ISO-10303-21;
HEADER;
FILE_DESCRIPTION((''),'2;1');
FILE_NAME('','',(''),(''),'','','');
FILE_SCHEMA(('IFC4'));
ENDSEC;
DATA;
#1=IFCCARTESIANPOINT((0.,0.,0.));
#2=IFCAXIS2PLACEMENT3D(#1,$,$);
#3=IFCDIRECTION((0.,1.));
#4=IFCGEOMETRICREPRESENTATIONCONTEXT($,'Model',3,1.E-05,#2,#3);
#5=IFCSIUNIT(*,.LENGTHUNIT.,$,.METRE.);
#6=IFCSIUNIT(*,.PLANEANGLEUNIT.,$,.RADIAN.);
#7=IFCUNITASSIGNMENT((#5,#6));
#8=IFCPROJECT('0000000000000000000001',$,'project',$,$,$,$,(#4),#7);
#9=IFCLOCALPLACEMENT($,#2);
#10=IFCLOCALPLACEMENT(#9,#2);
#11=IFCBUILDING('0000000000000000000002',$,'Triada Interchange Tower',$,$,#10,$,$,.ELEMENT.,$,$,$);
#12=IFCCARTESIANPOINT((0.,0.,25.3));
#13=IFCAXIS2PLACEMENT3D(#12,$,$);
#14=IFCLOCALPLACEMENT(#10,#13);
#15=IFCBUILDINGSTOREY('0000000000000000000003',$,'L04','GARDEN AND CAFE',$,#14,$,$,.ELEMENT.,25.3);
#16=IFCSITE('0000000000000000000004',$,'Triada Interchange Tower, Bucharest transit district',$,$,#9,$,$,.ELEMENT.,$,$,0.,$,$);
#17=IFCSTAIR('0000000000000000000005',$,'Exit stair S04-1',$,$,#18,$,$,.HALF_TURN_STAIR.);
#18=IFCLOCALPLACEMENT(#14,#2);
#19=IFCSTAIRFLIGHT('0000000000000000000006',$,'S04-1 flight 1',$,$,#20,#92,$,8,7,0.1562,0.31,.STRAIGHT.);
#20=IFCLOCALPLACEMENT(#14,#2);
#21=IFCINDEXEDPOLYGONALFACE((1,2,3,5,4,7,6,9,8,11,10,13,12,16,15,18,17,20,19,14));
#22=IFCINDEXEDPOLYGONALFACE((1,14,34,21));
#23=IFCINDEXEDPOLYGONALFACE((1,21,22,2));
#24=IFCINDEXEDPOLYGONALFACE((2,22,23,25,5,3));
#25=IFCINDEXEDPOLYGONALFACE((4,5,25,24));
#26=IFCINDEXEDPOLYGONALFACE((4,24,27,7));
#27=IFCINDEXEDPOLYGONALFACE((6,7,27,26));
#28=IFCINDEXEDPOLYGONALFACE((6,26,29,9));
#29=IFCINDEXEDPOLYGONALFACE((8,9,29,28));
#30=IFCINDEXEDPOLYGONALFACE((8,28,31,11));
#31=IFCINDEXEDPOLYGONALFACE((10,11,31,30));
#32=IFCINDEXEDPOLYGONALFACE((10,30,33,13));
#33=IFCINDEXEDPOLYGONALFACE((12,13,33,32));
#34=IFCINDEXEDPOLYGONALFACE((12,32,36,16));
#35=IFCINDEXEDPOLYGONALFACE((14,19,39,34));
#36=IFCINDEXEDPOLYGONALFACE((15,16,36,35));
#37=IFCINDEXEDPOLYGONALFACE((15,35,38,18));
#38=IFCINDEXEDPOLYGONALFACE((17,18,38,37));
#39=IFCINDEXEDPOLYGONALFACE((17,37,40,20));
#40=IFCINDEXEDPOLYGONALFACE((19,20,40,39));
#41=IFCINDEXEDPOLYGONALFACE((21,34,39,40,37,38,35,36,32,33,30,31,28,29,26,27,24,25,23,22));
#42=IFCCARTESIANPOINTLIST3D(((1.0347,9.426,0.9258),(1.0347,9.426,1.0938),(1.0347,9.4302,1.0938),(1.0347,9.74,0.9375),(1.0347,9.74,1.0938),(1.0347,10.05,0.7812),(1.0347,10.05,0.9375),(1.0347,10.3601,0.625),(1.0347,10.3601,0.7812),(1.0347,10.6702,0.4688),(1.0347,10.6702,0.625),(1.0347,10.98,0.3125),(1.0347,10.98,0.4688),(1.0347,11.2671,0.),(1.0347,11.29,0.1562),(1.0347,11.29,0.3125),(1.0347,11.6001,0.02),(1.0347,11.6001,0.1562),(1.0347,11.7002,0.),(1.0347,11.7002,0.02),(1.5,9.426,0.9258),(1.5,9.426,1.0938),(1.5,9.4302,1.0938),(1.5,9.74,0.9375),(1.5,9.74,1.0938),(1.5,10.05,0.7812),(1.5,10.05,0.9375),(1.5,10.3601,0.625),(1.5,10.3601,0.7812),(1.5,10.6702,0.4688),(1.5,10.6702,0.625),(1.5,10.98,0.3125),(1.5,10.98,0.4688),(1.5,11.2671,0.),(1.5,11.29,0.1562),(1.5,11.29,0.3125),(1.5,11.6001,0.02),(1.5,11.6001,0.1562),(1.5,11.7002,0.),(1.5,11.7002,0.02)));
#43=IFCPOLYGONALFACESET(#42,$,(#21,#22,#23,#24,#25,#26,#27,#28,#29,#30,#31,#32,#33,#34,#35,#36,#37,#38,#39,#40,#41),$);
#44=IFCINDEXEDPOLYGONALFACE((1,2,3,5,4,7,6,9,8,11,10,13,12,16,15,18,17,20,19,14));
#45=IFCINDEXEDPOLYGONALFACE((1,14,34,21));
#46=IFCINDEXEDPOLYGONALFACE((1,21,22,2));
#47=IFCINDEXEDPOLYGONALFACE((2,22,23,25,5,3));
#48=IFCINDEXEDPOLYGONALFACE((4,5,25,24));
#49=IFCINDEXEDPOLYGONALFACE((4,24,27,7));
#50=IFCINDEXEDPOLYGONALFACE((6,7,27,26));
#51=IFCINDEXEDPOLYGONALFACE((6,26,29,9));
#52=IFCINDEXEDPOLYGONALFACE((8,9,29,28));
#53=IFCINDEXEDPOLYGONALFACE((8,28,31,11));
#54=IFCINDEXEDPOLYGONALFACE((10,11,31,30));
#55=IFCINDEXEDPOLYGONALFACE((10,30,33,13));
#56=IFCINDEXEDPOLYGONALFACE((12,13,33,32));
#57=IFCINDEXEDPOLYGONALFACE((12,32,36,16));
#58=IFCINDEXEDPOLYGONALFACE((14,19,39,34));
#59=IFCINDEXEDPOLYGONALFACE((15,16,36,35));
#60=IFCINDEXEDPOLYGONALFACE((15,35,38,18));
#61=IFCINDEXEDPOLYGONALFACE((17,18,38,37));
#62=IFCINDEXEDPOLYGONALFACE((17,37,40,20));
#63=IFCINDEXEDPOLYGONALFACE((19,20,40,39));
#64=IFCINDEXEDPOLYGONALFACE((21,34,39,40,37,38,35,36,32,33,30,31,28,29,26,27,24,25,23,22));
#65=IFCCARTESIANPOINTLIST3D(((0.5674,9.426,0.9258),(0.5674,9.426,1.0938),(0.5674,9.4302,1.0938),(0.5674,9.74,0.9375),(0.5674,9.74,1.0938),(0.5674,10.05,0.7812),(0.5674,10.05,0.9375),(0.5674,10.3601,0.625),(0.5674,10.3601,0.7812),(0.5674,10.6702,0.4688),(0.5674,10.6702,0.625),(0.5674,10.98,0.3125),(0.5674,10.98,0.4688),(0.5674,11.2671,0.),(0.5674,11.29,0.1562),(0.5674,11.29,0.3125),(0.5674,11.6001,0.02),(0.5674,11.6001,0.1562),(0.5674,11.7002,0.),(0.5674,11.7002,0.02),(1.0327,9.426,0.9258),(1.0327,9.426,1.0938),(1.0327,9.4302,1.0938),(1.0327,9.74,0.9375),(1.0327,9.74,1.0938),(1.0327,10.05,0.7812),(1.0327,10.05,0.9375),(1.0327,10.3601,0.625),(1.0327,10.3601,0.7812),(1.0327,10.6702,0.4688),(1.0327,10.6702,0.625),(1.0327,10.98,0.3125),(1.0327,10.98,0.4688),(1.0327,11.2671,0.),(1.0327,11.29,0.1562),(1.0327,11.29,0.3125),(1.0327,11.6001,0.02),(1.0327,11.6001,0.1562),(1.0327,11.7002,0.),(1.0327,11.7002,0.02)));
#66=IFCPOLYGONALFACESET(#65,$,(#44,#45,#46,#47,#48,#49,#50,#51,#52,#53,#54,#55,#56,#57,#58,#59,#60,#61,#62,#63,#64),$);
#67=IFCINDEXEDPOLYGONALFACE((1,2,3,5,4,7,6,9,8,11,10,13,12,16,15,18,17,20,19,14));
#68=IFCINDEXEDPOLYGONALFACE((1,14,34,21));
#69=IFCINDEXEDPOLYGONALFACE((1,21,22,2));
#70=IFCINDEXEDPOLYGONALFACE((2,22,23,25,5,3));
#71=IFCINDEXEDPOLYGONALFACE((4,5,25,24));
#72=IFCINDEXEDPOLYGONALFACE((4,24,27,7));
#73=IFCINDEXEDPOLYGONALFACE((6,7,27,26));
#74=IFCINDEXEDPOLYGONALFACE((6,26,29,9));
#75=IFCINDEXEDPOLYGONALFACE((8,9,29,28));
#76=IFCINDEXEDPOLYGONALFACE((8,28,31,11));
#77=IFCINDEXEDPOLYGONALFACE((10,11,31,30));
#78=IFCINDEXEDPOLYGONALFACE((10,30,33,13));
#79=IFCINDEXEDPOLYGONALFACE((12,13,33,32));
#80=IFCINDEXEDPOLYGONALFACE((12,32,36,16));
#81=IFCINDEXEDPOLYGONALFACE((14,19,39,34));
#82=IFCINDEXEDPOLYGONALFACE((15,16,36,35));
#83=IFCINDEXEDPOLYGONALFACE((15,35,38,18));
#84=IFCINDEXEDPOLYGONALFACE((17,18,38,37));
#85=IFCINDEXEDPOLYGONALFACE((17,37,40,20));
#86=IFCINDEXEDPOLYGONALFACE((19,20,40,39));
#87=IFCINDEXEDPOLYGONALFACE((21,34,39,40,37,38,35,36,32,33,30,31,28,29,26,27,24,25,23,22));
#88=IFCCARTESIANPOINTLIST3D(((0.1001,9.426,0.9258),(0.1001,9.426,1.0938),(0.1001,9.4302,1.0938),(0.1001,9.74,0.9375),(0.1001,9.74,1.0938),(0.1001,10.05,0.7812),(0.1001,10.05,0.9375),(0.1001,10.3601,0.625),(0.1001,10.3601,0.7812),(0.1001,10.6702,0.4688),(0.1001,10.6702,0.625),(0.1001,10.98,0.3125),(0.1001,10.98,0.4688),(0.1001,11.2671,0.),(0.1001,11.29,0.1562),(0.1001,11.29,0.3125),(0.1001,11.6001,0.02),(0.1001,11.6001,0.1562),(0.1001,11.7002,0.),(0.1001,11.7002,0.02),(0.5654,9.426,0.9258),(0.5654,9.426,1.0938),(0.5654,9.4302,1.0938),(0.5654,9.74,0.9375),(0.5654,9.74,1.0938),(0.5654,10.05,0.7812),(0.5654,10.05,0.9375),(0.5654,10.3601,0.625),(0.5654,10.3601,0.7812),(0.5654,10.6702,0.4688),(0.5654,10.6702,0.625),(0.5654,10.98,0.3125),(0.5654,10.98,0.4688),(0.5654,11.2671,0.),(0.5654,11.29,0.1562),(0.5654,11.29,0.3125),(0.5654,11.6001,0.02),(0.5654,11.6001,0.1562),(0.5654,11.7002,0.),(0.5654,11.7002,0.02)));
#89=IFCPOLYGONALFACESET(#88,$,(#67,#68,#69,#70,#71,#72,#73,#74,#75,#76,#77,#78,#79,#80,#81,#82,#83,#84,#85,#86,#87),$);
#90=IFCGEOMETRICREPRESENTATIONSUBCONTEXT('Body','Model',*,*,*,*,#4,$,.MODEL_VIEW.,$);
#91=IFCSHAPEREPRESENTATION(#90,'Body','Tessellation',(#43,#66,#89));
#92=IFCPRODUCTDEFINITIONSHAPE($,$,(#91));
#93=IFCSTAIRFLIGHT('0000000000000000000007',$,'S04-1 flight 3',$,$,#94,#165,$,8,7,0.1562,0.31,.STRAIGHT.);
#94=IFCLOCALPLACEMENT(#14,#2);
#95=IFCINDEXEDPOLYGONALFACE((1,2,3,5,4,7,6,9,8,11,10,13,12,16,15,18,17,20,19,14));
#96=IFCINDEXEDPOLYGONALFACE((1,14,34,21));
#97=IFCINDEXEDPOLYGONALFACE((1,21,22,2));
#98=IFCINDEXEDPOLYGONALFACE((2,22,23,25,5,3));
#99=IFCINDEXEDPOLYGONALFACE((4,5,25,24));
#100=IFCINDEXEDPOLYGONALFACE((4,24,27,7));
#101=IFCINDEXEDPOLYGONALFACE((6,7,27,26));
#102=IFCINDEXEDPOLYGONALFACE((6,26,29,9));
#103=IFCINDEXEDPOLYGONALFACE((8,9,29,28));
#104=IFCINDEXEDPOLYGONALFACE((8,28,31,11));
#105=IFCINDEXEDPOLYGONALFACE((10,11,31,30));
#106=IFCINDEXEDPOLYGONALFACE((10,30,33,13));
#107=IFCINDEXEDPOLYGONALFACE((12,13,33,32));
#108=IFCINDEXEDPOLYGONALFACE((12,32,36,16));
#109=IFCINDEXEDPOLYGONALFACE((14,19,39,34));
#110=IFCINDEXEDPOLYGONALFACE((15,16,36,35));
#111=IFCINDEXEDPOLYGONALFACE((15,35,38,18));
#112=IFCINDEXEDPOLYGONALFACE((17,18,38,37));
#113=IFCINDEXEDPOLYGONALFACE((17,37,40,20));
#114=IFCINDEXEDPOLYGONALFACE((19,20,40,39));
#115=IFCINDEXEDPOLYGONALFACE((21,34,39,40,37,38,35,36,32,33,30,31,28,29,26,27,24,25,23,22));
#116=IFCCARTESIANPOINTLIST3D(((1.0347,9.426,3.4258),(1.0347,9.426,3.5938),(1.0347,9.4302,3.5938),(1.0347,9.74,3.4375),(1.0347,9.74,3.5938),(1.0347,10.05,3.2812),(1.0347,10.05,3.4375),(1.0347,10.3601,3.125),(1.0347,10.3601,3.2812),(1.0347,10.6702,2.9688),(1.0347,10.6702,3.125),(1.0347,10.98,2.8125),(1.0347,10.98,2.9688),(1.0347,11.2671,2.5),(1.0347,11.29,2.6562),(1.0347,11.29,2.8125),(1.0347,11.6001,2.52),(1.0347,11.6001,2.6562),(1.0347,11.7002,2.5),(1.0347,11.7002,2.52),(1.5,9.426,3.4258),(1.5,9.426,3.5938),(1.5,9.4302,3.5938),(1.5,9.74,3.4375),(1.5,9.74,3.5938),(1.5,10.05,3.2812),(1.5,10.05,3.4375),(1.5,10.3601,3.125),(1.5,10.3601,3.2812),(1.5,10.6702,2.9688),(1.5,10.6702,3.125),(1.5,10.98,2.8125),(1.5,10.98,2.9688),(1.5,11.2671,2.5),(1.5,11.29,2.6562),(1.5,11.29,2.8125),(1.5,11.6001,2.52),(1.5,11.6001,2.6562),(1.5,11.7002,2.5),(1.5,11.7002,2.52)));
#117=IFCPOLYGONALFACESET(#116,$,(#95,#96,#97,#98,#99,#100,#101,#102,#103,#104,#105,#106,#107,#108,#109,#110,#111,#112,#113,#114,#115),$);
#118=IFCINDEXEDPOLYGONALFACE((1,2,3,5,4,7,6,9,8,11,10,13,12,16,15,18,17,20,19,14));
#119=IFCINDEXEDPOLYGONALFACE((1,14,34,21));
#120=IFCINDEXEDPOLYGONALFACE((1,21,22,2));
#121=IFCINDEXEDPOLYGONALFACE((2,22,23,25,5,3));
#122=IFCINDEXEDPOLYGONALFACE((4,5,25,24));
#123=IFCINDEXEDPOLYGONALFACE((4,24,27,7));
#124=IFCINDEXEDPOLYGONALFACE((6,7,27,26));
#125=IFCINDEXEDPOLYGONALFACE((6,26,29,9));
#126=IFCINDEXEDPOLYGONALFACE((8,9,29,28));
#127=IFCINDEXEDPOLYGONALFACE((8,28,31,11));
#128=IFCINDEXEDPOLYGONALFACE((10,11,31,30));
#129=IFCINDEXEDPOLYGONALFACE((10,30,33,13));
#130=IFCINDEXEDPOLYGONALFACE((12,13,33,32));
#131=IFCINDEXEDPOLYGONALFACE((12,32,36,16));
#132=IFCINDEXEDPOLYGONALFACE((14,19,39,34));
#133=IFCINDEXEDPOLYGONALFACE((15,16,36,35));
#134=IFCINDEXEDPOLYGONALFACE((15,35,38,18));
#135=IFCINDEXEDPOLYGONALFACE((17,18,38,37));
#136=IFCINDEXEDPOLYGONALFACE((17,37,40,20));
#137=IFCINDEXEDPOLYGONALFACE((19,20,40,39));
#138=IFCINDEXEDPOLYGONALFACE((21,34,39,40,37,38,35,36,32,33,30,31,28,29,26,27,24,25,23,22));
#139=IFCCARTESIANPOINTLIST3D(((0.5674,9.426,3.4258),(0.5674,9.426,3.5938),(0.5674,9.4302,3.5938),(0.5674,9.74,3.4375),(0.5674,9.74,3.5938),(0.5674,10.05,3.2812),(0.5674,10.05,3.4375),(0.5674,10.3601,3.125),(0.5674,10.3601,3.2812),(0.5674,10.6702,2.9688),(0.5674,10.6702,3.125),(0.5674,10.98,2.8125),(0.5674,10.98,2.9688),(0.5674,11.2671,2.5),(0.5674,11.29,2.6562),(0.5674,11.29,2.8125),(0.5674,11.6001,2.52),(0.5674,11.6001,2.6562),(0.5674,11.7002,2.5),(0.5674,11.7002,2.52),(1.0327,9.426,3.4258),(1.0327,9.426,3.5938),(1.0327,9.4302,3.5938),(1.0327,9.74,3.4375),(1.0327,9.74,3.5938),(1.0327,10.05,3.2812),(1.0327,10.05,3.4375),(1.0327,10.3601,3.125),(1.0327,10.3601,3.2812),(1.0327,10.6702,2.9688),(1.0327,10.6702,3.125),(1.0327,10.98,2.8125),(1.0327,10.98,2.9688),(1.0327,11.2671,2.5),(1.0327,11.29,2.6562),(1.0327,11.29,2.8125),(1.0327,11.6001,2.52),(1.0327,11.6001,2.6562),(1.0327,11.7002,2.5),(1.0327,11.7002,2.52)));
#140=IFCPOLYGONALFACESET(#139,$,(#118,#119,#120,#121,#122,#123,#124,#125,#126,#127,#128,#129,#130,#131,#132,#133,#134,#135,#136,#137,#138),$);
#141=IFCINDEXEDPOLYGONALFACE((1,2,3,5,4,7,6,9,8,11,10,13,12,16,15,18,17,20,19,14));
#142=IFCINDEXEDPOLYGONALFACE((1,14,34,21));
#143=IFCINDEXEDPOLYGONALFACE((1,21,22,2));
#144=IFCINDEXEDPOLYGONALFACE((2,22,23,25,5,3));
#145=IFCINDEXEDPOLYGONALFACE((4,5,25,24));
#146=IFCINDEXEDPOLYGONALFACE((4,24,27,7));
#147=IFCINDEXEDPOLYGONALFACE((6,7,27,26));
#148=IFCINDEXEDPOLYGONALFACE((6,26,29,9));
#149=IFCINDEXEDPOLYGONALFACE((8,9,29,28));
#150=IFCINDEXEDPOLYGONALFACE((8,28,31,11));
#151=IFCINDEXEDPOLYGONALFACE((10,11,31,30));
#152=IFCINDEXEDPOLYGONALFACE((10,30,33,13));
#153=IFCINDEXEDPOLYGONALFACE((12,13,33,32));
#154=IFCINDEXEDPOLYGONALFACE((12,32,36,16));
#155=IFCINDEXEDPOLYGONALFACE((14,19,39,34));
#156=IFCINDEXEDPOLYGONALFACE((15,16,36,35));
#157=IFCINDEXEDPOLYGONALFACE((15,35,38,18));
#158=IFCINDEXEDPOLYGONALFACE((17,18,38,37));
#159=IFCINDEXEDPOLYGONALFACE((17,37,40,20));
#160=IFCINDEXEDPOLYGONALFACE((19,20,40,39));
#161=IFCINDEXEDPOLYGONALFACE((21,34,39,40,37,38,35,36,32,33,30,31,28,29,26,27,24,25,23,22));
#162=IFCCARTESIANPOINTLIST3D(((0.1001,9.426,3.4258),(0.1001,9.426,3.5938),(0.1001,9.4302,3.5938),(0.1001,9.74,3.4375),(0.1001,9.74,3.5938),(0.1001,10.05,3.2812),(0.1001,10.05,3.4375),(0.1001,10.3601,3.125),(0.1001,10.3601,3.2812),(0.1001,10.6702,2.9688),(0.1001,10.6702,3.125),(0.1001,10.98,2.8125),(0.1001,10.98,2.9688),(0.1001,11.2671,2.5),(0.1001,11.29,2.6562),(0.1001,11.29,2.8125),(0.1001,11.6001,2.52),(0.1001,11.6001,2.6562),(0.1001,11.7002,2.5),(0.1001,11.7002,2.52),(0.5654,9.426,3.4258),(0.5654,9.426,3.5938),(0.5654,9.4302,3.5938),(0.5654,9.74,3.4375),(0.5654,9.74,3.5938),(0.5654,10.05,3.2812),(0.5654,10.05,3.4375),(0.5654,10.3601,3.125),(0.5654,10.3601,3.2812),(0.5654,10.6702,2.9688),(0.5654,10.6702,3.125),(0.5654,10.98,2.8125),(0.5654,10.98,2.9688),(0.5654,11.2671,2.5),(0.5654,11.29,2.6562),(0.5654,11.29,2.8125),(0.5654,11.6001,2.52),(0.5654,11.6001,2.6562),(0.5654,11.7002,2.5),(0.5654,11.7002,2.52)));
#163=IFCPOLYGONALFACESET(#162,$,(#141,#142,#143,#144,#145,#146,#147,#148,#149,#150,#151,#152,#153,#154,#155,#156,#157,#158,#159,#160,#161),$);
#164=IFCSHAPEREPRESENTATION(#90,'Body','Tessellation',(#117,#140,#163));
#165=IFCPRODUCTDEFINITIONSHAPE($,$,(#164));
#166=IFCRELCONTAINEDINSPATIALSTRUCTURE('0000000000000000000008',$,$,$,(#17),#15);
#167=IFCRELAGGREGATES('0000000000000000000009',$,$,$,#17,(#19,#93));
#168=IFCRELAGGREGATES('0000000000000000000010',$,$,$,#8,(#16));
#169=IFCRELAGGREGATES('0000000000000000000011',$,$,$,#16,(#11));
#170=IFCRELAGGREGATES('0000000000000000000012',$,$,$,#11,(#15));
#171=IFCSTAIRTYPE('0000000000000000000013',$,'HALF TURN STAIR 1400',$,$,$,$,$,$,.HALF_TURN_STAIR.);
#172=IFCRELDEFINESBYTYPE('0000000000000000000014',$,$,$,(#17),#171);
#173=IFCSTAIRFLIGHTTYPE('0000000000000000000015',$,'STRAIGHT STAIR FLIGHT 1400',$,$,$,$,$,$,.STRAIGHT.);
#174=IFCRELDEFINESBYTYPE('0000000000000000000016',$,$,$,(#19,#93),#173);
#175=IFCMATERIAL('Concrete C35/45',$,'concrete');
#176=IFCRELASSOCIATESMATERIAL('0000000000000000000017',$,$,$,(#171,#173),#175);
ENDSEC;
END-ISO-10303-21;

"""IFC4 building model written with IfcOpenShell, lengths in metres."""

from ifc_helpers import new_model, si_unit, direction, frame, origin, place, context, subcontext, project, spatial, polyline, outline, extrude, material, type_object, element, aggregate, save


model = new_model("IFC4")

# Units and contexts
model_context = context("Model", 3, precision=1e-05, world=origin(), true_north=direction((0.0, 1.0)))
body_context = subcontext(model_context, "Body", "Model", "MODEL_VIEW")
ifc_project = project(units=[si_unit("LENGTHUNIT", "METRE"), si_unit("PLANEANGLEUNIT", "RADIAN")], contexts=[model_context])

# Site, building, storey
site_placement = place(None, origin())
site = spatial("IfcSite", under=ifc_project, at=site_placement, Name="Triada Interchange Tower, Bucharest transit district", CompositionType="ELEMENT", RefElevation=0.0)
building_placement = place(site_placement, origin())
building = spatial("IfcBuilding", under=site, at=building_placement, Name="Triada Interchange Tower", CompositionType="ELEMENT")
storey_placement = place(building_placement, frame((0.0, 0.0, 25.3)))
storey = spatial("IfcBuildingStorey", under=building, at=storey_placement, Name="L04", Description="GARDEN AND CAFE", CompositionType="ELEMENT", Elevation=25.3)

# Shared definitions
ifc_material_1 = material(Name="Concrete C35/45", Category="concrete")

# Stair, stair flights
stair_type = type_object("IfcStairType", Name="HALF TURN STAIR 1400", PredefinedType="HALF_TURN_STAIR", material=ifc_material_1)
stair_placement = place(storey_placement, origin())
stair = element("IfcStair", 1, at=stair_placement, inside=storey, type_object=stair_type, Name="Exit stair S04-1", PredefinedType="HALF_TURN_STAIR")
stair_flight_type = type_object("IfcStairFlightType", Name="STRAIGHT STAIR FLIGHT 1400", PredefinedType="STRAIGHT", material=ifc_material_1)
stair_flight_1_placement = place(storey_placement, frame((0.8, 11.6001, 0.0), z_axis=(0.0, 0.0, 1.0), x_axis=(0.0, -1.0, 0.0)))
stair_flight_1 = element("IfcStairFlight", 2, at=stair_flight_1_placement, type_object=stair_flight_type, Name="S04-1 flight 1", NumberOfRisers=8, NumberOfTreads=7, PredefinedType="STRAIGHT", RiserHeight=0.1562, TreadLength=0.31, context=body_context, shape_type="SweptSolid", body=[
    extrude(outline(polyline([(-0.1001, 0.0), (-0.1001, 0.02), (0.0, 0.02), (0.0, 0.1562), (0.3101, 0.1562), (0.3101, 0.3125), (0.6201, 0.3125), (0.6201, 0.4688), (0.9299, 0.4688), (0.9299, 0.625), (1.24, 0.625), (1.24, 0.7812), (1.55, 0.7812), (1.55, 0.9375), (1.8601, 0.9375), (1.8601, 1.0938), (2.1699, 1.0938), (2.1741, 1.0938), (2.1741, 1.25), (2.1741, 0.9258), (0.333, 0.0), (-0.1001, 0.0)])), frame((0.0, 0.7, 0.0), z_axis=(0.0, -1.0, 0.0), x_axis=(1.0, 0.0, 0.0)), (0.0, 0.0, 1.0), 0.4653),
    extrude(outline(polyline([(-0.1001, 0.0), (-0.1001, 0.02), (0.0, 0.02), (0.0, 0.1562), (0.3101, 0.1562), (0.3101, 0.3125), (0.6201, 0.3125), (0.6201, 0.4688), (0.9299, 0.4688), (0.9299, 0.625), (1.24, 0.625), (1.24, 0.7812), (1.55, 0.7812), (1.55, 0.9375), (1.8601, 0.9375), (1.8601, 1.0938), (2.1699, 1.0938), (2.1741, 1.0938), (2.1741, 1.25), (2.1741, 0.9258), (0.333, 0.0), (-0.1001, 0.0)])), frame((0.0, 0.2327, 0.0), z_axis=(0.0, -1.0, 0.0), x_axis=(1.0, 0.0, 0.0)), (0.0, 0.0, 1.0), 0.4653),
    extrude(outline(polyline([(-0.1001, 0.0), (-0.1001, 0.02), (0.0, 0.02), (0.0, 0.1562), (0.3101, 0.1562), (0.3101, 0.3125), (0.6201, 0.3125), (0.6201, 0.4688), (0.9299, 0.4688), (0.9299, 0.625), (1.24, 0.625), (1.24, 0.7812), (1.55, 0.7812), (1.55, 0.9375), (1.8601, 0.9375), (1.8601, 1.0938), (2.1699, 1.0938), (2.1741, 1.0938), (2.1741, 1.25), (2.1741, 0.9258), (0.333, 0.0), (-0.1001, 0.0)])), frame((0.0, -0.2346, 0.0), z_axis=(0.0, -1.0, 0.0), x_axis=(1.0, 0.0, 0.0)), (0.0, 0.0, 1.0), 0.4653),
])
stair_flight_2_placement = place(storey_placement, frame((0.8, 11.6001, 2.5), z_axis=(0.0, 0.0, 1.0), x_axis=(0.0, -1.0, 0.0)))
stair_flight_2 = element("IfcStairFlight", 3, at=stair_flight_2_placement, type_object=stair_flight_type, Name="S04-1 flight 3", NumberOfRisers=8, NumberOfTreads=7, PredefinedType="STRAIGHT", RiserHeight=0.1562, TreadLength=0.31, context=body_context, shape_type="SweptSolid", body=[
    extrude(outline(polyline([(-0.1001, 0.0), (-0.1001, 0.02), (0.0, 0.02), (0.0, 0.1562), (0.3101, 0.1562), (0.3101, 0.3125), (0.6201, 0.3125), (0.6201, 0.4688), (0.9299, 0.4688), (0.9299, 0.625), (1.24, 0.625), (1.24, 0.7812), (1.55, 0.7812), (1.55, 0.9375), (1.8601, 0.9375), (1.8601, 1.0938), (2.1699, 1.0938), (2.1741, 1.0938), (2.1741, 1.25), (2.1741, 0.9258), (0.333, 0.0), (-0.1001, 0.0)])), frame((0.0, 0.7, 0.0), z_axis=(0.0, -1.0, 0.0), x_axis=(1.0, 0.0, 0.0)), (0.0, 0.0, 1.0), 0.4653),
    extrude(outline(polyline([(-0.1001, 0.0), (-0.1001, 0.02), (0.0, 0.02), (0.0, 0.1562), (0.3101, 0.1562), (0.3101, 0.3125), (0.6201, 0.3125), (0.6201, 0.4688), (0.9299, 0.4688), (0.9299, 0.625), (1.24, 0.625), (1.24, 0.7812), (1.55, 0.7812), (1.55, 0.9375), (1.8601, 0.9375), (1.8601, 1.0938), (2.1699, 1.0938), (2.1741, 1.0938), (2.1741, 1.25), (2.1741, 0.9258), (0.333, 0.0), (-0.1001, 0.0)])), frame((0.0, 0.2327, 0.0), z_axis=(0.0, -1.0, 0.0), x_axis=(1.0, 0.0, 0.0)), (0.0, 0.0, 1.0), 0.4653),
    extrude(outline(polyline([(-0.1001, 0.0), (-0.1001, 0.02), (0.0, 0.02), (0.0, 0.1562), (0.3101, 0.1562), (0.3101, 0.3125), (0.6201, 0.3125), (0.6201, 0.4688), (0.9299, 0.4688), (0.9299, 0.625), (1.24, 0.625), (1.24, 0.7812), (1.55, 0.7812), (1.55, 0.9375), (1.8601, 0.9375), (1.8601, 1.0938), (2.1699, 1.0938), (2.1741, 1.0938), (2.1741, 1.25), (2.1741, 0.9258), (0.333, 0.0), (-0.1001, 0.0)])), frame((0.0, -0.2346, 0.0), z_axis=(0.0, -1.0, 0.0), x_axis=(1.0, 0.0, 0.0)), (0.0, 0.0, 1.0), 0.4653),
])
aggregate(stair, [stair_flight_1, stair_flight_2])

save(model, "model.ifc")
